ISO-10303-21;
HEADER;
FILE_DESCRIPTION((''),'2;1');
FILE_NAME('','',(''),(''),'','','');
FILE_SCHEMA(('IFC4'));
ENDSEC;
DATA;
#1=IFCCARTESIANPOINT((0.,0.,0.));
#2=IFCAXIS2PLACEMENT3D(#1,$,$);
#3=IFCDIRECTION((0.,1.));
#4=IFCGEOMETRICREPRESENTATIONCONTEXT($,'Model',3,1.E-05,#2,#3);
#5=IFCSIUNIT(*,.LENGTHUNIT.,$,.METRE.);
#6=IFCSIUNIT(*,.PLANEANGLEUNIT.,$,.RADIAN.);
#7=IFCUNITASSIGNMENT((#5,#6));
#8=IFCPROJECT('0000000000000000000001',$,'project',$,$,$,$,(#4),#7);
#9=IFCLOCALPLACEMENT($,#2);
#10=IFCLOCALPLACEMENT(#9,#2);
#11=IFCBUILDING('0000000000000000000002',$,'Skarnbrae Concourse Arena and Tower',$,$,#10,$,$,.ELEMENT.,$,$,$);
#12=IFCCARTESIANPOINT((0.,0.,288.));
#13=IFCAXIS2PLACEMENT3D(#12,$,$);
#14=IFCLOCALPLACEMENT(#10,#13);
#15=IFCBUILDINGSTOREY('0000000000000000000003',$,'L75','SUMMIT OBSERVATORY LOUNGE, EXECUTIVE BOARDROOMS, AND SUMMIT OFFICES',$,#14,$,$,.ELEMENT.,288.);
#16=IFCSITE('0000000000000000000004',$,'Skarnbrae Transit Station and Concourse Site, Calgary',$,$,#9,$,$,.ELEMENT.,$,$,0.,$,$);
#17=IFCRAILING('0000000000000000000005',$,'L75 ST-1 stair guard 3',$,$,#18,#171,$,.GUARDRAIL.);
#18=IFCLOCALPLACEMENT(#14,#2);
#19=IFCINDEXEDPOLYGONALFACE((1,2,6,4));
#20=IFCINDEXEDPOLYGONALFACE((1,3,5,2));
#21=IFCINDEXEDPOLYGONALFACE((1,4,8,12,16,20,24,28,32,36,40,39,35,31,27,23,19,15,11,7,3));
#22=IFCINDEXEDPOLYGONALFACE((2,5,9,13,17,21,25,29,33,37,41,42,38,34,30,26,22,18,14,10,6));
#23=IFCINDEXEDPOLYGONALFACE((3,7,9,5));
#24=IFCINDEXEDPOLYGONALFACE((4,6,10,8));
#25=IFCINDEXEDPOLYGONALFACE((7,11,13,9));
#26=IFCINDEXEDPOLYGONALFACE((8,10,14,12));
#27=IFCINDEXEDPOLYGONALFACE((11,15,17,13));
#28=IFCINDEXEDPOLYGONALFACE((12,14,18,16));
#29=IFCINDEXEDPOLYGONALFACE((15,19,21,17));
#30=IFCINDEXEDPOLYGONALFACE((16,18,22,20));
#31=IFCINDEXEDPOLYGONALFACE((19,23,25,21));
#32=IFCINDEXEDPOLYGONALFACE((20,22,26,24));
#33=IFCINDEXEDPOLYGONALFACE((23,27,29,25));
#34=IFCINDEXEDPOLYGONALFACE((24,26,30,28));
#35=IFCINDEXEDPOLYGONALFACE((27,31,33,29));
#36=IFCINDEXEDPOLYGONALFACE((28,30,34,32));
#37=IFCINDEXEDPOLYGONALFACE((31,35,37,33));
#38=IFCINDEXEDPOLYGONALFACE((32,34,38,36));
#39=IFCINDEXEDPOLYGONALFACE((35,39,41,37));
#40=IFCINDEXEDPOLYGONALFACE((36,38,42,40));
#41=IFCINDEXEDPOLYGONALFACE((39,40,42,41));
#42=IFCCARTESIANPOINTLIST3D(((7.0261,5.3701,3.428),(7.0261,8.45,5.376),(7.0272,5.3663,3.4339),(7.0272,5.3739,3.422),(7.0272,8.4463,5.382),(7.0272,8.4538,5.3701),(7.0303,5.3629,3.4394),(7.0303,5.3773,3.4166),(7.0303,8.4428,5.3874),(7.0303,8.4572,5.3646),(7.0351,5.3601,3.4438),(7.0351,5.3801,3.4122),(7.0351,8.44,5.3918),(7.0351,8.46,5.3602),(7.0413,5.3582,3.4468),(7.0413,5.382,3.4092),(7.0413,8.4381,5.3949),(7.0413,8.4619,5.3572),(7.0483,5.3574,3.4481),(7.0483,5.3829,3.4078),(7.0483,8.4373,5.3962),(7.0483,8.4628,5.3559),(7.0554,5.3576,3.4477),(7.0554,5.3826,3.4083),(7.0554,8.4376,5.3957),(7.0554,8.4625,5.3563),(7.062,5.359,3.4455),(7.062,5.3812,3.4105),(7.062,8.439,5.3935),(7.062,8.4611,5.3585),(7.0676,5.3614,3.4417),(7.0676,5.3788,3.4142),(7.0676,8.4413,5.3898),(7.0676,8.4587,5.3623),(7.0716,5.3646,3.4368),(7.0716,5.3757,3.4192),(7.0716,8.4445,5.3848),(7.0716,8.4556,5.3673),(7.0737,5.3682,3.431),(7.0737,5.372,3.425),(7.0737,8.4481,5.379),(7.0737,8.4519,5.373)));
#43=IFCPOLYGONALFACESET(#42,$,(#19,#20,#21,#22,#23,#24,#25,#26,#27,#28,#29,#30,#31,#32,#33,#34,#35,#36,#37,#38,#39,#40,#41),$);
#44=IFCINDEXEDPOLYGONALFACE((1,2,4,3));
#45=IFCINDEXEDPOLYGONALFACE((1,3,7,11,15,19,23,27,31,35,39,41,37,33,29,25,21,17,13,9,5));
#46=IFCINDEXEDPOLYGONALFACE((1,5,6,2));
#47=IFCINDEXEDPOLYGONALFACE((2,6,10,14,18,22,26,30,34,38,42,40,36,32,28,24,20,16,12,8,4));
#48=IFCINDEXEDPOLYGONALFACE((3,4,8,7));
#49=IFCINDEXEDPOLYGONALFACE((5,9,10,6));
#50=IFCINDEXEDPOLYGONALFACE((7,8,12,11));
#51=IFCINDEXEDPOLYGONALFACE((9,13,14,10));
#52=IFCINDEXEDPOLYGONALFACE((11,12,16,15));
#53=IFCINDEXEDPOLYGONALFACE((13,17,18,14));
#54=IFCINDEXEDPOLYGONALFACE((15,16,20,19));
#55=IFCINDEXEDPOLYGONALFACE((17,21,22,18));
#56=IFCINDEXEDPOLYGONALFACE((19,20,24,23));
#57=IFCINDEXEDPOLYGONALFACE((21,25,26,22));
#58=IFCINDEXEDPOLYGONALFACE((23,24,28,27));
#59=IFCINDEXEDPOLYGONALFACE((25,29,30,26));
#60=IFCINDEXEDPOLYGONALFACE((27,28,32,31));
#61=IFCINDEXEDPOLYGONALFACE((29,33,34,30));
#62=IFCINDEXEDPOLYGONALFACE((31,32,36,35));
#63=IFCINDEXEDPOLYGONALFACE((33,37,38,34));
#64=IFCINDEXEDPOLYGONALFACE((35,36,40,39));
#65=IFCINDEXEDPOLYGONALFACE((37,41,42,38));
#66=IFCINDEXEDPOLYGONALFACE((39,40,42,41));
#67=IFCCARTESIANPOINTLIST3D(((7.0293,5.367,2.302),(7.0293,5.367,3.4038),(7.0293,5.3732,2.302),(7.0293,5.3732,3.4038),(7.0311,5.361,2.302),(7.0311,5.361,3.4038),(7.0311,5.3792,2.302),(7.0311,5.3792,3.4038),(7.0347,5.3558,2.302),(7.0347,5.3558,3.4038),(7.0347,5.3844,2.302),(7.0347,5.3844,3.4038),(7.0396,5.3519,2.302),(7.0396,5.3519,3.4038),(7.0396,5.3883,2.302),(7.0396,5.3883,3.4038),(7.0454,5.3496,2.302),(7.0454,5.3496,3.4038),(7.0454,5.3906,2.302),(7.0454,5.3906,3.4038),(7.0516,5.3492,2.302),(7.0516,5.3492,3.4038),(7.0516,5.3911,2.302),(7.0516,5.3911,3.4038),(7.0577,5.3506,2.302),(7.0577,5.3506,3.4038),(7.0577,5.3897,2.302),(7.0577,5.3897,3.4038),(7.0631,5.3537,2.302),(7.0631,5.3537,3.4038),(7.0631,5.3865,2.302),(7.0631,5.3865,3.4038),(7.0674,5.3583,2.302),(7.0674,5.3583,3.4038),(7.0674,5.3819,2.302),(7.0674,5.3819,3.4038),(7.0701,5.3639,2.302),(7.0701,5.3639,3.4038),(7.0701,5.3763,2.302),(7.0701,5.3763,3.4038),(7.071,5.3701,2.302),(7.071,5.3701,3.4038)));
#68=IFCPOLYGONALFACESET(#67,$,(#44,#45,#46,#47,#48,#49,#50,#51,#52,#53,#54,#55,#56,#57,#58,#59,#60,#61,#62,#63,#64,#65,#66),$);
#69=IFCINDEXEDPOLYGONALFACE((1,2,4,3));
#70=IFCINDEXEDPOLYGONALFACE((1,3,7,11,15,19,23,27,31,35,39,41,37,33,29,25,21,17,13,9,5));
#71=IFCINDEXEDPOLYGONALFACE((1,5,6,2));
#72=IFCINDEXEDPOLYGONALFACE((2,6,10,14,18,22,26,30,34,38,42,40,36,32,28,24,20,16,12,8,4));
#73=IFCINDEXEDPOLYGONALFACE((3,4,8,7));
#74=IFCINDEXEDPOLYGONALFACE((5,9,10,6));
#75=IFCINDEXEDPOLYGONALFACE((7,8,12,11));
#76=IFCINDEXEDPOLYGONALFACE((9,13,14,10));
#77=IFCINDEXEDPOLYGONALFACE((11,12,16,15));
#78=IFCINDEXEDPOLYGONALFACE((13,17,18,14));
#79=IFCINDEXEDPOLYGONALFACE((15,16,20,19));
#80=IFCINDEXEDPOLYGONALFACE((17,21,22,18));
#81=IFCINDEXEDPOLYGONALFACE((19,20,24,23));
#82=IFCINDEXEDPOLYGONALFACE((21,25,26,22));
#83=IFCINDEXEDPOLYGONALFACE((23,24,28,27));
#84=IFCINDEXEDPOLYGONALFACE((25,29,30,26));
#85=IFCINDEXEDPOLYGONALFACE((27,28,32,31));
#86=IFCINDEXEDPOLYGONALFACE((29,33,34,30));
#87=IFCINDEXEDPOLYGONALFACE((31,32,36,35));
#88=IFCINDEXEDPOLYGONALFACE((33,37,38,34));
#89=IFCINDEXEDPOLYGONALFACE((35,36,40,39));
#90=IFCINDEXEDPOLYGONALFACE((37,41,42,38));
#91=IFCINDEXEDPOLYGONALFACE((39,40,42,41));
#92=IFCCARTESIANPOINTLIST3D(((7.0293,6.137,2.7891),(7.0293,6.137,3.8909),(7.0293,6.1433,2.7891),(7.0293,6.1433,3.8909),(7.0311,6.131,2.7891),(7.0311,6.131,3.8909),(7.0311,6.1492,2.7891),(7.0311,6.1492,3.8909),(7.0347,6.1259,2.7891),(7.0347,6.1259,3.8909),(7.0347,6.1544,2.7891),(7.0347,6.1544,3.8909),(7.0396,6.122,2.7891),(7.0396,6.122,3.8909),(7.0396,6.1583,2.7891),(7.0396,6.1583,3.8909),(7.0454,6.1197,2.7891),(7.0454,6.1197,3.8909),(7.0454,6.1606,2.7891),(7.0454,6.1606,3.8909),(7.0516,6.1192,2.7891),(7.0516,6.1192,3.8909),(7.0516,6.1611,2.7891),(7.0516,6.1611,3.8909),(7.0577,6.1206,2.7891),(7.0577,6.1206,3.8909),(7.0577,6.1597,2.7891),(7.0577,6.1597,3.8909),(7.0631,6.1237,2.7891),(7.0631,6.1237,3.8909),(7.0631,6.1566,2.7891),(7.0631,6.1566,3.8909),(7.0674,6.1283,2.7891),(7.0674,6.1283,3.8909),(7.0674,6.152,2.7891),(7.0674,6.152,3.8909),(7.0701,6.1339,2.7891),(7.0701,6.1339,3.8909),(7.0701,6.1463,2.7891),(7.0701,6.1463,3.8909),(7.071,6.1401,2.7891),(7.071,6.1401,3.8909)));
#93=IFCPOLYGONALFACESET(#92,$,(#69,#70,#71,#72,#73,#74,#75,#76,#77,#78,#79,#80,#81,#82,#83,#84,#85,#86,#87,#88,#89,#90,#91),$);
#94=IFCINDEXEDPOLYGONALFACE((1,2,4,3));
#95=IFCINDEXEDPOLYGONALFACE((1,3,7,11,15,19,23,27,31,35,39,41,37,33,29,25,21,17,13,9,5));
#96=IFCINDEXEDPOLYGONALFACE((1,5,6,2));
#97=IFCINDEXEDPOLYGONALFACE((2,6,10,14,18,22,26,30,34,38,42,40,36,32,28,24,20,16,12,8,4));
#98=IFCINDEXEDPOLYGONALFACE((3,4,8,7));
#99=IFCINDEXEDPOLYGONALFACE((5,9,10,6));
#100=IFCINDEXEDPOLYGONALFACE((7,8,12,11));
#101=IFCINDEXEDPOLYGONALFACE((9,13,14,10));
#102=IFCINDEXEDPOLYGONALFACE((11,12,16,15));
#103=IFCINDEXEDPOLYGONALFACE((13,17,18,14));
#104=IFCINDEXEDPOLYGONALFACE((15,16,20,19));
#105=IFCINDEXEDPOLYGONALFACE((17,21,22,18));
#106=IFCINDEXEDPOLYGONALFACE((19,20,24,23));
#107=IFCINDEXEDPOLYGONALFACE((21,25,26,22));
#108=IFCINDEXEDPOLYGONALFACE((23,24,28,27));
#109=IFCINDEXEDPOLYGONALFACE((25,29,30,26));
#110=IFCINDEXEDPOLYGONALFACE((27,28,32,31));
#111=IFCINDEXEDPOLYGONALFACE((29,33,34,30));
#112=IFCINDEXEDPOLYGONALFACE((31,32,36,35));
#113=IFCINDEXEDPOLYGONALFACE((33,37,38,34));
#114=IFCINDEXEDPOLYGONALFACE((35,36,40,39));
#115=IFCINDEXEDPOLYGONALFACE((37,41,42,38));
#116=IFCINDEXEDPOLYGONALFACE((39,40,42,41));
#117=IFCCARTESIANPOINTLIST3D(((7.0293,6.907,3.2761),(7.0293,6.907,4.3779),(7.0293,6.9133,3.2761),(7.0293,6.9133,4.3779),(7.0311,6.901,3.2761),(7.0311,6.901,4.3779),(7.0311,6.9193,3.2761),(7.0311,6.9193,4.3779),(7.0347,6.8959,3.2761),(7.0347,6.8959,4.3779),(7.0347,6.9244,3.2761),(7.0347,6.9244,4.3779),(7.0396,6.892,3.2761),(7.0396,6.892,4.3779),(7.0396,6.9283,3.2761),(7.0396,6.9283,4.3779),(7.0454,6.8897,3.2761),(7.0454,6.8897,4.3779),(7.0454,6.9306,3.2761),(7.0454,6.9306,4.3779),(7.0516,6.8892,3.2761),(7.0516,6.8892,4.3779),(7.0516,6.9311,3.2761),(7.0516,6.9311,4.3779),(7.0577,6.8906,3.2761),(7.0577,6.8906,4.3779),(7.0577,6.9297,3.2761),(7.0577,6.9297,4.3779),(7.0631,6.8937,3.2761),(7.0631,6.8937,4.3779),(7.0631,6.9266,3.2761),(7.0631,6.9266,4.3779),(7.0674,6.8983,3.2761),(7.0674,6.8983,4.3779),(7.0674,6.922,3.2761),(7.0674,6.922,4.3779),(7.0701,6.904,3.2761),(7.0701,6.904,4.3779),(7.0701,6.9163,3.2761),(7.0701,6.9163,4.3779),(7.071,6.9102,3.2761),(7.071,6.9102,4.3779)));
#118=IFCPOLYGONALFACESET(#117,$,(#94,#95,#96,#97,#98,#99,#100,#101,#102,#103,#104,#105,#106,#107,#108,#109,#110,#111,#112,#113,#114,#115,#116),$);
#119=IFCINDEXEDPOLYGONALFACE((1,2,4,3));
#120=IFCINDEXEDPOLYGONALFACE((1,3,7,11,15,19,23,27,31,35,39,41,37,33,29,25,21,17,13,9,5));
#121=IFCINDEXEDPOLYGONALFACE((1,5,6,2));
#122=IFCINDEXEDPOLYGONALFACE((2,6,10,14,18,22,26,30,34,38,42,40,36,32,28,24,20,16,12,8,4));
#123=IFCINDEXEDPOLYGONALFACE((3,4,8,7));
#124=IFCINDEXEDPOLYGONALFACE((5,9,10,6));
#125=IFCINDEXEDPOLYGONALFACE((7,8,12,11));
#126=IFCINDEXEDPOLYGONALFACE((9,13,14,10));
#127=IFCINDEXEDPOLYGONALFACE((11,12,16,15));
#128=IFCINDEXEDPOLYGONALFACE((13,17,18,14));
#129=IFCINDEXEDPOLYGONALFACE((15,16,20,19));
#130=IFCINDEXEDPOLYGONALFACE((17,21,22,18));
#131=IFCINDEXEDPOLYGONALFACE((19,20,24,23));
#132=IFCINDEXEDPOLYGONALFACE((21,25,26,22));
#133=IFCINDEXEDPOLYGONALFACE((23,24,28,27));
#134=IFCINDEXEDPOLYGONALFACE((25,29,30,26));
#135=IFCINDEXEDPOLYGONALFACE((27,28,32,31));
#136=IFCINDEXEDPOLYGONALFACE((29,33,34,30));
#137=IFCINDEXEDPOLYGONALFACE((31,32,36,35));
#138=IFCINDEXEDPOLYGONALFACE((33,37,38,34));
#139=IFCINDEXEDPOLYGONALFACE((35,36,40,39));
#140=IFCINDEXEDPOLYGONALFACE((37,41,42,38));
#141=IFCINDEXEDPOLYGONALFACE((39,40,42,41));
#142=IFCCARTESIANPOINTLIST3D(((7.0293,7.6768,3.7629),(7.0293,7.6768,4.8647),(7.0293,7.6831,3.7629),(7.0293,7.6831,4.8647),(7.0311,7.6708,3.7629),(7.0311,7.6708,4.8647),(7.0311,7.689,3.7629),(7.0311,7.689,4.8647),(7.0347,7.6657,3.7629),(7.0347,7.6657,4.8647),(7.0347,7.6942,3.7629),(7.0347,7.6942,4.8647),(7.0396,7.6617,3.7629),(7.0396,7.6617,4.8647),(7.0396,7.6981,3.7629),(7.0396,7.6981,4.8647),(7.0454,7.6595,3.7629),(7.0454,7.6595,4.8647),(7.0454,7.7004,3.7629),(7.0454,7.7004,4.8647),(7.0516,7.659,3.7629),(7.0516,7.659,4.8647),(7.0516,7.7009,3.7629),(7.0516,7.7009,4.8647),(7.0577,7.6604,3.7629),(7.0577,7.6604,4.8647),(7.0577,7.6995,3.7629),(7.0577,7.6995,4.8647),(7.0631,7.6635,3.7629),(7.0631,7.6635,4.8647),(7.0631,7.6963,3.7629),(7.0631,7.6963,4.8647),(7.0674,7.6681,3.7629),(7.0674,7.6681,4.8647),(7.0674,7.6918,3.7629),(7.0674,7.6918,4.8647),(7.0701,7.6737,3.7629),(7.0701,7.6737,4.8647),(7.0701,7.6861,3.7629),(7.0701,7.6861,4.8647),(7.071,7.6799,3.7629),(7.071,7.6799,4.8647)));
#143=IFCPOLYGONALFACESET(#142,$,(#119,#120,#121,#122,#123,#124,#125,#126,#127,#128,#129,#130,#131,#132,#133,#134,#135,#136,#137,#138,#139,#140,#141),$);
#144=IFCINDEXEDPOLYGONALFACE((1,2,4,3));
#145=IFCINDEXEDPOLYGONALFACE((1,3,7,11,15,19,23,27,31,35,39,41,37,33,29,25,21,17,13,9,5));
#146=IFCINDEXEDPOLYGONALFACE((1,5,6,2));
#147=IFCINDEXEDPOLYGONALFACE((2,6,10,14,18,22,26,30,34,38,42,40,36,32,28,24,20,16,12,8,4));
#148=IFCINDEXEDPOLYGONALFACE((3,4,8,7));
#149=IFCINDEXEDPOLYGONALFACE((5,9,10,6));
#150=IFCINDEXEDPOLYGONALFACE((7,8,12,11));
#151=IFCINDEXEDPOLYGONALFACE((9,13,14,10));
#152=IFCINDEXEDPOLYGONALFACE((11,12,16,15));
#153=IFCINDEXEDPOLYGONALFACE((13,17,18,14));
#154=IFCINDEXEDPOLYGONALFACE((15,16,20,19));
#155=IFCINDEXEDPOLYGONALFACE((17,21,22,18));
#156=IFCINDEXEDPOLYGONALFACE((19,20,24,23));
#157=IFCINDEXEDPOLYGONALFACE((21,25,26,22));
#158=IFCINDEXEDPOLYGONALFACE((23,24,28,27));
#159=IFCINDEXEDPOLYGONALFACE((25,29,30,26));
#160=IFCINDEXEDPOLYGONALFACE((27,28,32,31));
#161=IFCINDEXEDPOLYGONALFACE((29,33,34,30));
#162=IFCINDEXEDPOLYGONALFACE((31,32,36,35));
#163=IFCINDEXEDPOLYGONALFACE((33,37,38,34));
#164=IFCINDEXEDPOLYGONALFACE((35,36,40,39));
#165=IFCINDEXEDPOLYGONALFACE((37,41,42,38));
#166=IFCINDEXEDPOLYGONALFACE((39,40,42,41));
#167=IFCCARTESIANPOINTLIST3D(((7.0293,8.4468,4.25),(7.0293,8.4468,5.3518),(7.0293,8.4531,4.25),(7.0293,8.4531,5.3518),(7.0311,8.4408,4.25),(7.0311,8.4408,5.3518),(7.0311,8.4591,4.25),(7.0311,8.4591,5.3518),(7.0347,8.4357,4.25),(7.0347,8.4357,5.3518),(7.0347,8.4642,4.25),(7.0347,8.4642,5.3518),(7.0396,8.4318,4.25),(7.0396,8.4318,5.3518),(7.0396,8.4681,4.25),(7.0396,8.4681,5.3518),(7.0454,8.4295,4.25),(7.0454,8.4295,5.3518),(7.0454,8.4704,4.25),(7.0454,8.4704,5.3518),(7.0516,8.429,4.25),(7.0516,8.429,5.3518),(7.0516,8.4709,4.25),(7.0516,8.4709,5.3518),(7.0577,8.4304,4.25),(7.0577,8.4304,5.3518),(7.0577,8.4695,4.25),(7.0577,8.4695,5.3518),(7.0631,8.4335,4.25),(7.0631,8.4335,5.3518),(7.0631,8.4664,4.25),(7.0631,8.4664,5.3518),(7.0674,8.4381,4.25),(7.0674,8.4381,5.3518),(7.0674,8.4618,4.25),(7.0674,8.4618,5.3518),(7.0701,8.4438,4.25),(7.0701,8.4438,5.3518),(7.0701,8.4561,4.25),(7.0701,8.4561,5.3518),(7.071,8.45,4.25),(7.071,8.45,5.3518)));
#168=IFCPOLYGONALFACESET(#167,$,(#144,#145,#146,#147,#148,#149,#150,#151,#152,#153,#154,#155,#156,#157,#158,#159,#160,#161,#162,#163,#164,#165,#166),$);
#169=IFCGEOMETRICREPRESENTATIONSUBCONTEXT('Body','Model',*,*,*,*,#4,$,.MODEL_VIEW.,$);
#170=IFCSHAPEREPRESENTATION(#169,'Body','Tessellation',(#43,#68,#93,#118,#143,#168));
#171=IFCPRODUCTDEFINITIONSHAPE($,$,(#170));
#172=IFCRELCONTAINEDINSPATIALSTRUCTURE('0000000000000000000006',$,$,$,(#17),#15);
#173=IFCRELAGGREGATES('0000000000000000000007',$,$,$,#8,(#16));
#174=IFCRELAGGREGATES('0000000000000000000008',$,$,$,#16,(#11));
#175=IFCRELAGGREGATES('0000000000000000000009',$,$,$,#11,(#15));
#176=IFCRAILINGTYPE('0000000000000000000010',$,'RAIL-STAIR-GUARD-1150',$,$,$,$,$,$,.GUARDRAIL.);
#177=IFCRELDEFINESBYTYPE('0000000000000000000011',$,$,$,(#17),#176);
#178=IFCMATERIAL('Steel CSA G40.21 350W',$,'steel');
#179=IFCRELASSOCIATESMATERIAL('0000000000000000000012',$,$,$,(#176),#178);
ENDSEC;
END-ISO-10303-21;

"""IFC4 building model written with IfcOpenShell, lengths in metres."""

from ifc_helpers import new_model, si_unit, direction, frame, origin, origin_2d, place, context, subcontext, project, spatial, circle, extrude, material, type_object, element, save


model = new_model("IFC4")

# Units and contexts
model_context = context("Model", 3, precision=1e-05, world=origin(), true_north=direction((0.0, 1.0)))
body_context = subcontext(model_context, "Body", "Model", "MODEL_VIEW")
ifc_project = project(units=[si_unit("LENGTHUNIT", "METRE"), si_unit("PLANEANGLEUNIT", "RADIAN")], contexts=[model_context])

# Site, building, storey
site_placement = place(None, origin())
site = spatial("IfcSite", under=ifc_project, at=site_placement, Name="Skarnbrae Transit Station and Concourse Site, Calgary", CompositionType="ELEMENT", RefElevation=0.0)
building_placement = place(site_placement, origin())
building = spatial("IfcBuilding", under=site, at=building_placement, Name="Skarnbrae Concourse Arena and Tower", CompositionType="ELEMENT")
storey_placement = place(building_placement, frame((0.0, 0.0, 288.0)))
storey = spatial("IfcBuildingStorey", under=building, at=storey_placement, Name="L75", Description="SUMMIT OBSERVATORY LOUNGE, EXECUTIVE BOARDROOMS, AND SUMMIT OFFICES", CompositionType="ELEMENT", Elevation=288.0)

# Shared definitions
ifc_material_1 = material(Name="Steel CSA G40.21 350W", Category="steel")

# Railing
railing_type_1 = type_object("IfcRailingType", Name="RAIL-STAIR-GUARD-1150", PredefinedType="GUARDRAIL", material=ifc_material_1)
railing_1_placement = place(storey_placement, frame((7.05, 5.3701, 2.302)))
element("IfcRailing", 1, at=railing_1_placement, inside=storey, type_object=railing_type_1, Name="L75 ST-1 stair guard 3", PredefinedType="GUARDRAIL", context=body_context, shape_type="SweptSolid", body=[
    extrude(circle(Radius=0.0239, at=origin_2d()), frame((0.0, 0.0, 1.126), z_axis=(0.0, 0.845137, 0.53455), x_axis=(-1.0, 0.0, 0.0)), (0.0, 0.0, 1.0), 3.6443),
    extrude(circle(Radius=0.021, at=origin_2d()), origin(), (0.0, 0.0, 1.0), 1.1018),
    extrude(circle(Radius=0.021, at=origin_2d()), frame((0.0, 0.77, 0.4871)), (0.0, 0.0, 1.0), 1.1018),
    extrude(circle(Radius=0.021, at=origin_2d()), frame((0.0, 1.54, 0.9741)), (0.0, 0.0, 1.0), 1.1018),
    extrude(circle(Radius=0.021, at=origin_2d()), frame((0.0, 2.3098, 1.4609)), (0.0, 0.0, 1.0), 1.1018),
    extrude(circle(Radius=0.021, at=origin_2d()), frame((0.0, 3.0798, 1.948)), (0.0, 0.0, 1.0), 1.1018),
])

save(model, "model.ifc")
